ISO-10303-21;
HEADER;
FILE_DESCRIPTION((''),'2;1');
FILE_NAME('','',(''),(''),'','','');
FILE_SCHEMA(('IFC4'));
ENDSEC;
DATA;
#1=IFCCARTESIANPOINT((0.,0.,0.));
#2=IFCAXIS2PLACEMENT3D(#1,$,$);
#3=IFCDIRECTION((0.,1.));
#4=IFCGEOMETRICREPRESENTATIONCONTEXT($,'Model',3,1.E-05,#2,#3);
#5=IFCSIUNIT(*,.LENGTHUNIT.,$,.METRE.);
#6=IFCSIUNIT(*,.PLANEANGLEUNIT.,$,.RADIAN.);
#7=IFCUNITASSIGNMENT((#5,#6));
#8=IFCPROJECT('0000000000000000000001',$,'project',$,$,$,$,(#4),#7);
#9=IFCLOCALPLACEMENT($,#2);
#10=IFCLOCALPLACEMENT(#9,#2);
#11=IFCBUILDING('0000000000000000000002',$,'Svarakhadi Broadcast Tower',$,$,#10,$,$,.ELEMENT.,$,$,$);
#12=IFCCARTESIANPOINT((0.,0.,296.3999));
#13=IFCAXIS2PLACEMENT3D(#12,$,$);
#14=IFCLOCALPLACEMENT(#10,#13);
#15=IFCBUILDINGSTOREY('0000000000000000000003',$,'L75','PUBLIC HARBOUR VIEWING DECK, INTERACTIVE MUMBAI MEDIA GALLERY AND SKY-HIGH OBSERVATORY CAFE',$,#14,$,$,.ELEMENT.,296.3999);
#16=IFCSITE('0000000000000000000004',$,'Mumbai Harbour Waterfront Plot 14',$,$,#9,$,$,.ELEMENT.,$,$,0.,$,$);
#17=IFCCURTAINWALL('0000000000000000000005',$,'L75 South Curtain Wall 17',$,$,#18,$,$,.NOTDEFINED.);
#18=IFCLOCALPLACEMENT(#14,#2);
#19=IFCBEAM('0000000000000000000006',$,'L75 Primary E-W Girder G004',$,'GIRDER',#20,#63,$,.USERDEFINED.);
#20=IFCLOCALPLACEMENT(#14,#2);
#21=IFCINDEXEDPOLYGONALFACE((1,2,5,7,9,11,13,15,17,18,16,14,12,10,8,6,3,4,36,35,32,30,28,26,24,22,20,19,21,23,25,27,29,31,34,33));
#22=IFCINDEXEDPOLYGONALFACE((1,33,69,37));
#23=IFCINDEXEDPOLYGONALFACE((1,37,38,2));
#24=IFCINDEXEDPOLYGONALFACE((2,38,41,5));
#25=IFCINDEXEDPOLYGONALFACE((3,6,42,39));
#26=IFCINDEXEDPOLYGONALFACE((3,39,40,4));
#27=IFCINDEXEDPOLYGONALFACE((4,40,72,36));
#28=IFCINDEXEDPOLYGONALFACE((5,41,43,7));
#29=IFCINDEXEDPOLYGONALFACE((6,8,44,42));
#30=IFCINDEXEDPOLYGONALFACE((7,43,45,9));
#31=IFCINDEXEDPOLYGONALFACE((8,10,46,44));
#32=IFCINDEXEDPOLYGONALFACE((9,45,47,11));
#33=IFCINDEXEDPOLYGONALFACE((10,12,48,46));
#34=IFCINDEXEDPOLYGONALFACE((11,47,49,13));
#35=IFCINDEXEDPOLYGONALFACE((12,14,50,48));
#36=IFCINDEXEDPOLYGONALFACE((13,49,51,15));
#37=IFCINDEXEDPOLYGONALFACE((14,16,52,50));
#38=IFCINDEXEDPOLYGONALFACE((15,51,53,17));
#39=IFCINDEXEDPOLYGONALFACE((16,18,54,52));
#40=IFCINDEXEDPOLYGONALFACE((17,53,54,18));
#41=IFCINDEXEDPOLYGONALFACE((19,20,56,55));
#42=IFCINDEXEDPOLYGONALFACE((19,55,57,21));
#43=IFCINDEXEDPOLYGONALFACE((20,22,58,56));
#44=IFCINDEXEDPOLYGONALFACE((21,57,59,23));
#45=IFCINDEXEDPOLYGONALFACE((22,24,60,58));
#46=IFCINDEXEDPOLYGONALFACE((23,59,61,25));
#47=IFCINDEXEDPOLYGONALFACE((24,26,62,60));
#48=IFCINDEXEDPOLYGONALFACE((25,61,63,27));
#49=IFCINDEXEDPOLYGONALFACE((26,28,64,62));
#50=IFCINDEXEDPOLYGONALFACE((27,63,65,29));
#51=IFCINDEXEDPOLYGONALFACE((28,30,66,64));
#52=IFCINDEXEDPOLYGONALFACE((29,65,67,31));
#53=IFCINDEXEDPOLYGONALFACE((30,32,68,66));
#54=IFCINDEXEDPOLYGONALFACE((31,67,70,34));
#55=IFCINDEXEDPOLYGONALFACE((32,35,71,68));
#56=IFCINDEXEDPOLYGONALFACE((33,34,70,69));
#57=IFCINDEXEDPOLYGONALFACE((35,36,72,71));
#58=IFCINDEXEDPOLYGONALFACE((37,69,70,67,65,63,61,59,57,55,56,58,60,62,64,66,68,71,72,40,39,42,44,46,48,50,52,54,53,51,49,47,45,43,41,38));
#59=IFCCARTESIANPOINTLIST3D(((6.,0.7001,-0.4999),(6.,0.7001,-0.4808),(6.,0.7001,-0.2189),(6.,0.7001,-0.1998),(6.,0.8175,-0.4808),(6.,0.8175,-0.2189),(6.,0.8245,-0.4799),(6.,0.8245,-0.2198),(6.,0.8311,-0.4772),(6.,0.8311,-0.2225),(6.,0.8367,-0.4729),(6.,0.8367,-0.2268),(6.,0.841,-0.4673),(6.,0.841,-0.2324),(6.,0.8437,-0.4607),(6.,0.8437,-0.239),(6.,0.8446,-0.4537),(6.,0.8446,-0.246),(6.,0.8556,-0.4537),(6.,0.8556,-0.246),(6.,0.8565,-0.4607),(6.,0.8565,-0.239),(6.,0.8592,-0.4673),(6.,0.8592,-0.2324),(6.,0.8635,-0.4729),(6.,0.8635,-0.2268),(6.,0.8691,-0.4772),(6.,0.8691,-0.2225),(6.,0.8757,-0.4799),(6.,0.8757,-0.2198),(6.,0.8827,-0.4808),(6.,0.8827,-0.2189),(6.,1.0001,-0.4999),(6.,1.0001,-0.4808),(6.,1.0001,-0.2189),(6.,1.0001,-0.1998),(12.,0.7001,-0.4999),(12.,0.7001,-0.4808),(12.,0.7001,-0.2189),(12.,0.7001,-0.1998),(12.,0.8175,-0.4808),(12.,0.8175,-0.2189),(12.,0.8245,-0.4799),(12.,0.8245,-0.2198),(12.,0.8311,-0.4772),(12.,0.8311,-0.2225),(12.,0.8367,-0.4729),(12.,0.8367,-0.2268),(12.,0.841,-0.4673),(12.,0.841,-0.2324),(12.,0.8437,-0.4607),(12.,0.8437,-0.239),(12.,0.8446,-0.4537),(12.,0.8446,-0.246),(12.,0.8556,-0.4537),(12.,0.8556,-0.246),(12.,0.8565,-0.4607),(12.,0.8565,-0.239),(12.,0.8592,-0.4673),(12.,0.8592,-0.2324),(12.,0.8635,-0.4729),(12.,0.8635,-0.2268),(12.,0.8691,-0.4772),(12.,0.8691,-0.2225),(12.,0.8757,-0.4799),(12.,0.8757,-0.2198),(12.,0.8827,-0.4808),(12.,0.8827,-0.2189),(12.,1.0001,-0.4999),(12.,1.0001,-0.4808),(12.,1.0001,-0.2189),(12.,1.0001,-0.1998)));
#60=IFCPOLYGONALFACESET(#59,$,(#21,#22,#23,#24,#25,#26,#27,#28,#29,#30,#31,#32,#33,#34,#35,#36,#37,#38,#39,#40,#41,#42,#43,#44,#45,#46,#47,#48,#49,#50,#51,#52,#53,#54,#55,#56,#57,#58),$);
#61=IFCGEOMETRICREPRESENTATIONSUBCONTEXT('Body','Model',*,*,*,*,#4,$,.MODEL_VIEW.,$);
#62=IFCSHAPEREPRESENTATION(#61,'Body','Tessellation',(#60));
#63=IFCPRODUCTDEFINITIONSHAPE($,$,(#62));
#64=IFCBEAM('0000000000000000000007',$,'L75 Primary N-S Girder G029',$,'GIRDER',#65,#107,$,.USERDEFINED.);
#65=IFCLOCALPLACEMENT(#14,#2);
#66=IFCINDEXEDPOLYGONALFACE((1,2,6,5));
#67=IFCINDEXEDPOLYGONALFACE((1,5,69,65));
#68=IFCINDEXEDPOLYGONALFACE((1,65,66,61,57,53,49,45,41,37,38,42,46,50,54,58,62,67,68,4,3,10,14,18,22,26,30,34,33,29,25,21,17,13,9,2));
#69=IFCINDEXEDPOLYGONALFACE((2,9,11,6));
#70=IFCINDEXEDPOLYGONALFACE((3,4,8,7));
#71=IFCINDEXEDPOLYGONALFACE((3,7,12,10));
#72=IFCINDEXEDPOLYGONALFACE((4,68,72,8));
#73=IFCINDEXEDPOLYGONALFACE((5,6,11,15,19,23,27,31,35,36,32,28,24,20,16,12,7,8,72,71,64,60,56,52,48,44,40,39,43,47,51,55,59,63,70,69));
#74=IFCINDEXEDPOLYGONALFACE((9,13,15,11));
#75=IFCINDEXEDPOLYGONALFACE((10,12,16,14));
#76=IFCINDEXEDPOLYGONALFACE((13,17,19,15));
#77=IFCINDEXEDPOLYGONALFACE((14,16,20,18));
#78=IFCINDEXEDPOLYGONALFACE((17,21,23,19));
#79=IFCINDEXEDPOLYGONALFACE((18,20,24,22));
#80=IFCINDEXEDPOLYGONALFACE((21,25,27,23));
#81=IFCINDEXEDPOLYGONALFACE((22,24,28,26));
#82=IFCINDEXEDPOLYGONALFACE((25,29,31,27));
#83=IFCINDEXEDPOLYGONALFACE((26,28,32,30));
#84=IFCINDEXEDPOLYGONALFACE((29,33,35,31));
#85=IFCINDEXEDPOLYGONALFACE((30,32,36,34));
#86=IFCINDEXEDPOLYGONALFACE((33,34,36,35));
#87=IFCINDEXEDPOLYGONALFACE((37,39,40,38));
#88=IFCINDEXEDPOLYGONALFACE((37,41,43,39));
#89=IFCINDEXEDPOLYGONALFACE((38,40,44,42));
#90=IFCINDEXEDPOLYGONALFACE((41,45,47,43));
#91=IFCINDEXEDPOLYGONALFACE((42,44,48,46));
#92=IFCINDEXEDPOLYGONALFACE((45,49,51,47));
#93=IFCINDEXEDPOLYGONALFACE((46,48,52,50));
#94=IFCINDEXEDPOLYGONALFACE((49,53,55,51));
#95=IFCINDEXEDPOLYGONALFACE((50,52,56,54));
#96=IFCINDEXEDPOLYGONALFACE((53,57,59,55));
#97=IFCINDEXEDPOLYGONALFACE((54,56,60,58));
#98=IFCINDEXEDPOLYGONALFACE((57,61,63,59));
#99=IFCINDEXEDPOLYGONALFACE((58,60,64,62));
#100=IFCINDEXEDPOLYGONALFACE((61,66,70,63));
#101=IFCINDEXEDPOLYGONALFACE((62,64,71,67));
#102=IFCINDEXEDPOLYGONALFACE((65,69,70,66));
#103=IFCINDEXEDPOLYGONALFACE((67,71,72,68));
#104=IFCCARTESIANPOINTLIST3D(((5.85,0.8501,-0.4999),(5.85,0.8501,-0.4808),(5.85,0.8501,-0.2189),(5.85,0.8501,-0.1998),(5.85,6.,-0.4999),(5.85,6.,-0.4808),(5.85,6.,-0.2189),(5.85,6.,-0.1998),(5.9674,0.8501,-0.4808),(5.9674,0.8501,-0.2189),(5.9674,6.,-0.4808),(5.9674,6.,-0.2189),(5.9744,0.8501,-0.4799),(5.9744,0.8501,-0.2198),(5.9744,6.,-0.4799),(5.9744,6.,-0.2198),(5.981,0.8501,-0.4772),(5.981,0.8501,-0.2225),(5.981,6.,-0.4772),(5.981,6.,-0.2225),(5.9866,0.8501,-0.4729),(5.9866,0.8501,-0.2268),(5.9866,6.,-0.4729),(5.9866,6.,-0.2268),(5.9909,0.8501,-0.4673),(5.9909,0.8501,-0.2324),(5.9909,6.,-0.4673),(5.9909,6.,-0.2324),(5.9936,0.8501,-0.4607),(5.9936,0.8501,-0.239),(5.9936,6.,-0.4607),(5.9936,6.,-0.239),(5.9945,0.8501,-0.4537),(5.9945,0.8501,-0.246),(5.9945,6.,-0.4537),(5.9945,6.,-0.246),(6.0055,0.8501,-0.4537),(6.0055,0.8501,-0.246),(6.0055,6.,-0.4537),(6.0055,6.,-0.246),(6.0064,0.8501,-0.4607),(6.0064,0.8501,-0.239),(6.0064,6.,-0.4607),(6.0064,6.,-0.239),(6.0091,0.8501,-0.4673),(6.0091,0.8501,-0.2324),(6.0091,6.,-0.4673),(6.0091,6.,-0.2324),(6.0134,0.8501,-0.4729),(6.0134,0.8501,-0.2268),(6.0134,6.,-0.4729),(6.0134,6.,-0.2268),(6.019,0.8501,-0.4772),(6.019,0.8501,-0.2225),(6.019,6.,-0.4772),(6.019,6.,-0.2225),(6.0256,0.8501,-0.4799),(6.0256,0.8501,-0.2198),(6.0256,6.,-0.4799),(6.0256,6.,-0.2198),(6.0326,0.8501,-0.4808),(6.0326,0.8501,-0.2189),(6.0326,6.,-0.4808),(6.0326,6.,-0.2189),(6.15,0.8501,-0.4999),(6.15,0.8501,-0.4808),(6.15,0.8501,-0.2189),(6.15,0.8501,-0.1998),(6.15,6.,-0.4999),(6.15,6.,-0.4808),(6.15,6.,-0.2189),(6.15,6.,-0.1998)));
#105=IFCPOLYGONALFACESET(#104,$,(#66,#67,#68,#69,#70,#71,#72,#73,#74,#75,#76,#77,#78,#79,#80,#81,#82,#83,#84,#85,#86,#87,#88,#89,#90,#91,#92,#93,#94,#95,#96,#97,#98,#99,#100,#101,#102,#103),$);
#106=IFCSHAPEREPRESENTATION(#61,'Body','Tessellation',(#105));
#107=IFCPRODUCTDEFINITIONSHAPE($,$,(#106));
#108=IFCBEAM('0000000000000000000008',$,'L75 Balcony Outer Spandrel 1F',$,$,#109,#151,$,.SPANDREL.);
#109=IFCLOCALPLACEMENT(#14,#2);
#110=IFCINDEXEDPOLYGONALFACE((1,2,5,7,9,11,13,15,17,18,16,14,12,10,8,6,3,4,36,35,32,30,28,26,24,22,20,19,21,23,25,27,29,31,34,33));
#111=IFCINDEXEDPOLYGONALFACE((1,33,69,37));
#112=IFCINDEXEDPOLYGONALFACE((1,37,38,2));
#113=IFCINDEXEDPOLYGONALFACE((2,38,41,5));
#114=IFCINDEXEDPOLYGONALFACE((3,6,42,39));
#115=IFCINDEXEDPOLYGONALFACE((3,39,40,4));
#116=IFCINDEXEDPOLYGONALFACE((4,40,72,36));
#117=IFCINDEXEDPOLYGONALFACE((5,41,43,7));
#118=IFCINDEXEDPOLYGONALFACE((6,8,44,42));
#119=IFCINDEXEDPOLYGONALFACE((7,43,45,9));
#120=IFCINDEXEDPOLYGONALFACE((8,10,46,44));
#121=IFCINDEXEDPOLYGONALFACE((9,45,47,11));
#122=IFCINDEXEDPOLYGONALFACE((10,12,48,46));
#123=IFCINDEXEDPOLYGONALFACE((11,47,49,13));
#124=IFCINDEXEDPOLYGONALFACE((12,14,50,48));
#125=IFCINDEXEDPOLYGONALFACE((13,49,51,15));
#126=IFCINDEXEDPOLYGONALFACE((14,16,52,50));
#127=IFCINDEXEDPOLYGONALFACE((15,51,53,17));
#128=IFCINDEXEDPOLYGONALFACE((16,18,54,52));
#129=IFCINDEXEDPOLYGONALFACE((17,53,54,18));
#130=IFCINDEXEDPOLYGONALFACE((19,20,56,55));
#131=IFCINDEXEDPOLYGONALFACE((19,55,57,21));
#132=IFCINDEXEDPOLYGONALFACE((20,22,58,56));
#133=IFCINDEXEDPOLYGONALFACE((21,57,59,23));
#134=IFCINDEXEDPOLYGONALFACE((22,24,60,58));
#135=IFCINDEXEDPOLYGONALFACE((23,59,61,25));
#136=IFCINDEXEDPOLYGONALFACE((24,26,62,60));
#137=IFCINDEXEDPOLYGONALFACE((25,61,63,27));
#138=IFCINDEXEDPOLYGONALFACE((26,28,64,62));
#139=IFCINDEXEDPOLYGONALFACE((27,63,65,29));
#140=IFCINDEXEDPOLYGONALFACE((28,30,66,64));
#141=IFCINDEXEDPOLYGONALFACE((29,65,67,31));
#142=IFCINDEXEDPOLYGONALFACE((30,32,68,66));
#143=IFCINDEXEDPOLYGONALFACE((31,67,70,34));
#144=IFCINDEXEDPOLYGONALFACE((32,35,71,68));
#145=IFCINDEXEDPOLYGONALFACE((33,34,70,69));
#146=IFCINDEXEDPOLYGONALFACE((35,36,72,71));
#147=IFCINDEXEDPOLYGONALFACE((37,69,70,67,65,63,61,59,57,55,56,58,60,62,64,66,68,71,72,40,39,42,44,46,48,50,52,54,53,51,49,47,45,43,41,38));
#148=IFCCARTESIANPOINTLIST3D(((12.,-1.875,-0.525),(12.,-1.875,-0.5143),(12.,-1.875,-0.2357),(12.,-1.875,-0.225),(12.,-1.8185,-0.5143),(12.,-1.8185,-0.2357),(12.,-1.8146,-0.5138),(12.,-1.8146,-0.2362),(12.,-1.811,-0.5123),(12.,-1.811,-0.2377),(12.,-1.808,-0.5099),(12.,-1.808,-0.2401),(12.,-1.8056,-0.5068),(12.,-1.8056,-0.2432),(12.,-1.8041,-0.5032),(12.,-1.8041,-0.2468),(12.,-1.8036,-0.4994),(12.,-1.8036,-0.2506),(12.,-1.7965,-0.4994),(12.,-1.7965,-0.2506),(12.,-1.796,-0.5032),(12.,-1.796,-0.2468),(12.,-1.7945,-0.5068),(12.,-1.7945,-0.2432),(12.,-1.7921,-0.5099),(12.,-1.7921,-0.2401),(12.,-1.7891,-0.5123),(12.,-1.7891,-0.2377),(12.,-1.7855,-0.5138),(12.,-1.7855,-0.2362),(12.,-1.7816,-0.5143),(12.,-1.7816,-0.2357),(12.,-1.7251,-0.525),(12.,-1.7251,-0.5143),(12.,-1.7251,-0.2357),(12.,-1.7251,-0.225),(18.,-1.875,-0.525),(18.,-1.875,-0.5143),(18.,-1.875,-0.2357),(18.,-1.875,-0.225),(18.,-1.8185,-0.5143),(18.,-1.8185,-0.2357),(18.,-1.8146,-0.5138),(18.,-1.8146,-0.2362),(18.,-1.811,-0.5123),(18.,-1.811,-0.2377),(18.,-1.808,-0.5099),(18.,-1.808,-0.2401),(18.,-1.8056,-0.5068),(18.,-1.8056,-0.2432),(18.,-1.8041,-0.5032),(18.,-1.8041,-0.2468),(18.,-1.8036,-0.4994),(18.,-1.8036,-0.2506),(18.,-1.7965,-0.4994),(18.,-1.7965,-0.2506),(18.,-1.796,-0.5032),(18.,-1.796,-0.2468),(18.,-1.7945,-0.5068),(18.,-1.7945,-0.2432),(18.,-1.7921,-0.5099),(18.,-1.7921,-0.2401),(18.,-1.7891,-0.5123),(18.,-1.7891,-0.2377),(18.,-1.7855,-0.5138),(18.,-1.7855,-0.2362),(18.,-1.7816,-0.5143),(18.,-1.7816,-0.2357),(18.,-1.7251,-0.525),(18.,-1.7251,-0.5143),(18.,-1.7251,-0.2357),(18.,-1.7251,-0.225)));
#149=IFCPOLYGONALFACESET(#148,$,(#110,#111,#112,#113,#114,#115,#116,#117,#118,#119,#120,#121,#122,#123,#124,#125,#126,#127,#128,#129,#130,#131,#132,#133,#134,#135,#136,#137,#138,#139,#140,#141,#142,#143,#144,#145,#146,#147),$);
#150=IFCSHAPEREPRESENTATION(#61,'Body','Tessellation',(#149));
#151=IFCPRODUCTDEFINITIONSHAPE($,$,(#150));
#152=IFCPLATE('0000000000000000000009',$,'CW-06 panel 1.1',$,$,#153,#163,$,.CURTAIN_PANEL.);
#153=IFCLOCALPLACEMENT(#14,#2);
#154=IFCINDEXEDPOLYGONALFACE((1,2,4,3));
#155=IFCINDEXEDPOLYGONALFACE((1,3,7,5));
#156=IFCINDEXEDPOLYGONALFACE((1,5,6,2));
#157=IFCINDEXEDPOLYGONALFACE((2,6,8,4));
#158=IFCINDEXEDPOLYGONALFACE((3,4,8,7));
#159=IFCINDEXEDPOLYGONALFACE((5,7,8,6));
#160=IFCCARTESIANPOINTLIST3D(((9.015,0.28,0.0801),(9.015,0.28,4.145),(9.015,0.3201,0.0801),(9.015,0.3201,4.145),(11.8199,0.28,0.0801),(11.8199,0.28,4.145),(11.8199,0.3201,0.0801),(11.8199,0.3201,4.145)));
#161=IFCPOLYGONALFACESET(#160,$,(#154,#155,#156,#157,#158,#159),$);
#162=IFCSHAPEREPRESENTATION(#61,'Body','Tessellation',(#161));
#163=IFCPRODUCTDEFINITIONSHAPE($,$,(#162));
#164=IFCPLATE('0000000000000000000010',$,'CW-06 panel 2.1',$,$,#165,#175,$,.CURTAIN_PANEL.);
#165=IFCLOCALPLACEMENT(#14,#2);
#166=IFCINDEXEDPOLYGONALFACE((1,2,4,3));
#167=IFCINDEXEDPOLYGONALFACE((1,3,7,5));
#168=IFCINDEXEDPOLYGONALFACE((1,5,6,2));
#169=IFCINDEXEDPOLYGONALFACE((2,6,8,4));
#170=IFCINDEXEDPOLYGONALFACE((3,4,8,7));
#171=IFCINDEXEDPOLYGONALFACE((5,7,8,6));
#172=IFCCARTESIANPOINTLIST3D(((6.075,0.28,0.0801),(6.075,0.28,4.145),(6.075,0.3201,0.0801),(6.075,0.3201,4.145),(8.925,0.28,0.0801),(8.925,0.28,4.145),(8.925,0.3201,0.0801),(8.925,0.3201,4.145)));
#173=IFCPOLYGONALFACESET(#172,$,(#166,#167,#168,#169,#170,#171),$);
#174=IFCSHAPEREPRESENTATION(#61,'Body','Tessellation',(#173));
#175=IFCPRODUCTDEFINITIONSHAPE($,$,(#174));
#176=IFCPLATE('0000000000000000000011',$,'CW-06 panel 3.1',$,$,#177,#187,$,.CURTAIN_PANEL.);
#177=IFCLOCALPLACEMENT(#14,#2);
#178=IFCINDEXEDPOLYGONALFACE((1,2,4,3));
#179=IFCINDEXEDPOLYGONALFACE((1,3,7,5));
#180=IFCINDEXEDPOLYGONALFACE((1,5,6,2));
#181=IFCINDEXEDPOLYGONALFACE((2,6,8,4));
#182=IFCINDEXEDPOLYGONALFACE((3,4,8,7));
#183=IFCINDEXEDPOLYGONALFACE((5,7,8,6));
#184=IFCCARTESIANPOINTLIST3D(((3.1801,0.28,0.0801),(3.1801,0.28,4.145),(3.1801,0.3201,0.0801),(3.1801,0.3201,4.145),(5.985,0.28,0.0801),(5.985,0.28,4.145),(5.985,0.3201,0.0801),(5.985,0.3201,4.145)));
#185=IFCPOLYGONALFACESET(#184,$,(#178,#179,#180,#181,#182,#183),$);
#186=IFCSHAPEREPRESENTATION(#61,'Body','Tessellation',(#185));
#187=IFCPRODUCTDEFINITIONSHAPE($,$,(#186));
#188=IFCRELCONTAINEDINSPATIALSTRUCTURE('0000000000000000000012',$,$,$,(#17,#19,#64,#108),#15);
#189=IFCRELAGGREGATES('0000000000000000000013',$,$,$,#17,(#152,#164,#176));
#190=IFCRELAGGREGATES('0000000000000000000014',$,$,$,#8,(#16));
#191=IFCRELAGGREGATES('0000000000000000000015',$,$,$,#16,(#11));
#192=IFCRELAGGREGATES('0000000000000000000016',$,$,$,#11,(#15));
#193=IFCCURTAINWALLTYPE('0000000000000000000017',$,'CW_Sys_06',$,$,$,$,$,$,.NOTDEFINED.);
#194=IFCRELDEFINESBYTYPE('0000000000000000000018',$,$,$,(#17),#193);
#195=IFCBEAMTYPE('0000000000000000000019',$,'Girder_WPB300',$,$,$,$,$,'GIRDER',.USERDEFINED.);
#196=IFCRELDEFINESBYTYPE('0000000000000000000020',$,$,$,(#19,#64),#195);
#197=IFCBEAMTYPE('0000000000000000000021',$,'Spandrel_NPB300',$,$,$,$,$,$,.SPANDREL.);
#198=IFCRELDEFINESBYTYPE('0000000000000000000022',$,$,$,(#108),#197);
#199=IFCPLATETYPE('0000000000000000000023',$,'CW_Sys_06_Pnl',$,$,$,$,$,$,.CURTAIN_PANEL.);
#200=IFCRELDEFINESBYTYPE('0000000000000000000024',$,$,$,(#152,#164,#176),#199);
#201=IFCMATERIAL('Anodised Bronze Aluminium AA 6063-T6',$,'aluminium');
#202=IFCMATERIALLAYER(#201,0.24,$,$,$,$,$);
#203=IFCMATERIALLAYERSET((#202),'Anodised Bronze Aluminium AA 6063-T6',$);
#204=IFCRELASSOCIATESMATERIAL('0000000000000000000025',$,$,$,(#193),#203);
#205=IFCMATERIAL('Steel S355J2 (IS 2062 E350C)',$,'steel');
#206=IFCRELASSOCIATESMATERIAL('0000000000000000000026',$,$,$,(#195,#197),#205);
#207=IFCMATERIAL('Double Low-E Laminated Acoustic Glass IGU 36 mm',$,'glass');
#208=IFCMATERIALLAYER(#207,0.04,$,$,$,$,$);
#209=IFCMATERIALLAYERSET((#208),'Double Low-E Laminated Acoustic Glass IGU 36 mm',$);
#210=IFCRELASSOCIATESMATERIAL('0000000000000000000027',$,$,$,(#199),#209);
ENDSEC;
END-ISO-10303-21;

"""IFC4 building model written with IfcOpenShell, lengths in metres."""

from ifc_helpers import new_model, si_unit, direction, frame, origin, origin_2d, place, context, subcontext, project, spatial, rectangle, i_section, extrude, material, layer, layer_set, material_profile, profile_set, type_object, element, aggregate, save


model = new_model("IFC4")

# Units and contexts
model_context = context("Model", 3, precision=1e-05, world=origin(), true_north=direction((0.0, 1.0)))
body_context = subcontext(model_context, "Body", "Model", "MODEL_VIEW")
ifc_project = project(units=[si_unit("LENGTHUNIT", "METRE"), si_unit("PLANEANGLEUNIT", "RADIAN")], contexts=[model_context])

# Site, building, storey
site_placement = place(None, origin())
site = spatial("IfcSite", under=ifc_project, at=site_placement, Name="Mumbai Harbour Waterfront Plot 14", CompositionType="ELEMENT", RefElevation=0.0)
building_placement = place(site_placement, origin())
building = spatial("IfcBuilding", under=site, at=building_placement, Name="Svarakhadi Broadcast Tower", CompositionType="ELEMENT")
storey_placement = place(building_placement, frame((0.0, 0.0, 296.3999)))
storey = spatial("IfcBuildingStorey", under=building, at=storey_placement, Name="L75", Description="PUBLIC HARBOUR VIEWING DECK, INTERACTIVE MUMBAI MEDIA GALLERY AND SKY-HIGH OBSERVATORY CAFE", CompositionType="ELEMENT", Elevation=296.3999)

# Curtain wall
ifc_material_1 = material(Name="Anodised Bronze Aluminium AA 6063-T6", Category="aluminium")
ifc_layer_1 = layer(ifc_material_1, 0.24)
ifc_layer_set_1 = layer_set([ifc_layer_1], Name="Anodised Bronze Aluminium AA 6063-T6")
curtain_wall_type = type_object("IfcCurtainWallType", Name="CW_Sys_06", PredefinedType="NOTDEFINED", material=ifc_layer_set_1)
curtain_wall_1_placement = place(storey_placement, origin())
curtain_wall_1 = element("IfcCurtainWall", 1, at=curtain_wall_1_placement, inside=storey, type_object=curtain_wall_type, Name="L75 South Curtain Wall 17", PredefinedType="NOTDEFINED")

# Beams
ifc_material_2 = material(Name="Steel S355J2 (IS 2062 E350C)", Category="steel")
ifc_material_profile_1 = material_profile(ifc_material_2, i_section(OverallWidth=0.3, OverallDepth=0.3, WebThickness=0.011, FlangeThickness=0.019, FilletRadius=0.0271, at=origin_2d()), Name="WPB 300x300x117")
ifc_profile_set_1 = profile_set([ifc_material_profile_1], Name="Steel S355J2 (IS 2062 E350C)")
beam_type_1 = type_object("IfcBeamType", Name="Girder_WPB300", ElementType="GIRDER", PredefinedType="USERDEFINED", material=ifc_profile_set_1)
beam_1_placement = place(storey_placement, frame((6.0, 0.8501, -0.3499), z_axis=(1.0, 0.0, 0.0), x_axis=(0.0, 1.0, 0.0)))
element("IfcBeam", 2, at=beam_1_placement, inside=storey, type_object=beam_type_1, Name="L75 Primary E-W Girder G004", ObjectType="GIRDER", PredefinedType="USERDEFINED", context=body_context, shape_type="SweptSolid", body=[
    extrude(i_section(OverallWidth=0.3, OverallDepth=0.3, WebThickness=0.011, FlangeThickness=0.019, FilletRadius=0.0271, at=origin_2d()), origin(), (0.0, 0.0, 1.0), 6.0),
])
beam_2_placement = place(storey_placement, frame((6.0, 0.8501, -0.3499), z_axis=(0.0, 1.0, 0.0), x_axis=(-1.0, 0.0, 0.0)))
element("IfcBeam", 3, at=beam_2_placement, inside=storey, type_object=beam_type_1, Name="L75 Primary N-S Girder G029", ObjectType="GIRDER", PredefinedType="USERDEFINED", context=body_context, shape_type="SweptSolid", body=[
    extrude(i_section(OverallWidth=0.3, OverallDepth=0.3, WebThickness=0.011, FlangeThickness=0.019, FilletRadius=0.0271, at=origin_2d()), origin(), (0.0, 0.0, 1.0), 5.1499),
])
ifc_material_profile_2 = material_profile(ifc_material_2, i_section(OverallWidth=0.1499, OverallDepth=0.3, WebThickness=0.0071, FlangeThickness=0.0107, FilletRadius=0.0149, at=origin_2d()), Name="NPB 300x150x37")
ifc_profile_set_2 = profile_set([ifc_material_profile_2], Name="Steel S355J2 (IS 2062 E350C)")
beam_type_2 = type_object("IfcBeamType", Name="Spandrel_NPB300", PredefinedType="SPANDREL", material=ifc_profile_set_2)
beam_3_placement = place(storey_placement, frame((12.0, -1.8, -0.375), z_axis=(1.0, 0.0, 0.0), x_axis=(0.0, 1.0, 0.0)))
element("IfcBeam", 4, at=beam_3_placement, inside=storey, type_object=beam_type_2, Name="L75 Balcony Outer Spandrel 1F", PredefinedType="SPANDREL", context=body_context, shape_type="SweptSolid", body=[
    extrude(i_section(OverallWidth=0.1499, OverallDepth=0.3, WebThickness=0.0071, FlangeThickness=0.0107, FilletRadius=0.0149, at=origin_2d()), origin(), (0.0, 0.0, 1.0), 6.0),
])

# Plates
ifc_material_3 = material(Name="Double Low-E Laminated Acoustic Glass IGU 36 mm", Category="glass")
ifc_layer_2 = layer(ifc_material_3, 0.04)
ifc_layer_set_2 = layer_set([ifc_layer_2], Name="Double Low-E Laminated Acoustic Glass IGU 36 mm")
plate_type = type_object("IfcPlateType", Name="CW_Sys_06_Pnl", PredefinedType="CURTAIN_PANEL", material=ifc_layer_set_2)
plate_1_placement = place(storey_placement, frame((10.4175, 0.3, 0.0801), z_axis=(0.0, 0.0, 1.0), x_axis=(-1.0, 0.0, 0.0)))
plate_1 = element("IfcPlate", 5, at=plate_1_placement, type_object=plate_type, Name="CW-06 panel 1.1", PredefinedType="CURTAIN_PANEL", context=body_context, shape_type="SweptSolid", body=[
    extrude(rectangle(XDim=2.8049, YDim=0.04, at=origin_2d()), origin(), (0.0, 0.0, 1.0), 4.0649),
])
plate_2_placement = place(storey_placement, frame((7.5, 0.3, 0.0801), z_axis=(0.0, 0.0, 1.0), x_axis=(-1.0, 0.0, 0.0)))
plate_2 = element("IfcPlate", 6, at=plate_2_placement, type_object=plate_type, Name="CW-06 panel 2.1", PredefinedType="CURTAIN_PANEL", context=body_context, shape_type="SweptSolid", body=[
    extrude(rectangle(XDim=2.8501, YDim=0.04, at=origin_2d()), origin(), (0.0, 0.0, 1.0), 4.0649),
])
plate_3_placement = place(storey_placement, frame((4.5825, 0.3, 0.0801), z_axis=(0.0, 0.0, 1.0), x_axis=(-1.0, 0.0, 0.0)))
plate_3 = element("IfcPlate", 7, at=plate_3_placement, type_object=plate_type, Name="CW-06 panel 3.1", PredefinedType="CURTAIN_PANEL", context=body_context, shape_type="SweptSolid", body=[
    extrude(rectangle(XDim=2.8049, YDim=0.04, at=origin_2d()), origin(), (0.0, 0.0, 1.0), 4.0649),
])
aggregate(curtain_wall_1, [plate_1, plate_2, plate_3])

save(model, "model.ifc")
